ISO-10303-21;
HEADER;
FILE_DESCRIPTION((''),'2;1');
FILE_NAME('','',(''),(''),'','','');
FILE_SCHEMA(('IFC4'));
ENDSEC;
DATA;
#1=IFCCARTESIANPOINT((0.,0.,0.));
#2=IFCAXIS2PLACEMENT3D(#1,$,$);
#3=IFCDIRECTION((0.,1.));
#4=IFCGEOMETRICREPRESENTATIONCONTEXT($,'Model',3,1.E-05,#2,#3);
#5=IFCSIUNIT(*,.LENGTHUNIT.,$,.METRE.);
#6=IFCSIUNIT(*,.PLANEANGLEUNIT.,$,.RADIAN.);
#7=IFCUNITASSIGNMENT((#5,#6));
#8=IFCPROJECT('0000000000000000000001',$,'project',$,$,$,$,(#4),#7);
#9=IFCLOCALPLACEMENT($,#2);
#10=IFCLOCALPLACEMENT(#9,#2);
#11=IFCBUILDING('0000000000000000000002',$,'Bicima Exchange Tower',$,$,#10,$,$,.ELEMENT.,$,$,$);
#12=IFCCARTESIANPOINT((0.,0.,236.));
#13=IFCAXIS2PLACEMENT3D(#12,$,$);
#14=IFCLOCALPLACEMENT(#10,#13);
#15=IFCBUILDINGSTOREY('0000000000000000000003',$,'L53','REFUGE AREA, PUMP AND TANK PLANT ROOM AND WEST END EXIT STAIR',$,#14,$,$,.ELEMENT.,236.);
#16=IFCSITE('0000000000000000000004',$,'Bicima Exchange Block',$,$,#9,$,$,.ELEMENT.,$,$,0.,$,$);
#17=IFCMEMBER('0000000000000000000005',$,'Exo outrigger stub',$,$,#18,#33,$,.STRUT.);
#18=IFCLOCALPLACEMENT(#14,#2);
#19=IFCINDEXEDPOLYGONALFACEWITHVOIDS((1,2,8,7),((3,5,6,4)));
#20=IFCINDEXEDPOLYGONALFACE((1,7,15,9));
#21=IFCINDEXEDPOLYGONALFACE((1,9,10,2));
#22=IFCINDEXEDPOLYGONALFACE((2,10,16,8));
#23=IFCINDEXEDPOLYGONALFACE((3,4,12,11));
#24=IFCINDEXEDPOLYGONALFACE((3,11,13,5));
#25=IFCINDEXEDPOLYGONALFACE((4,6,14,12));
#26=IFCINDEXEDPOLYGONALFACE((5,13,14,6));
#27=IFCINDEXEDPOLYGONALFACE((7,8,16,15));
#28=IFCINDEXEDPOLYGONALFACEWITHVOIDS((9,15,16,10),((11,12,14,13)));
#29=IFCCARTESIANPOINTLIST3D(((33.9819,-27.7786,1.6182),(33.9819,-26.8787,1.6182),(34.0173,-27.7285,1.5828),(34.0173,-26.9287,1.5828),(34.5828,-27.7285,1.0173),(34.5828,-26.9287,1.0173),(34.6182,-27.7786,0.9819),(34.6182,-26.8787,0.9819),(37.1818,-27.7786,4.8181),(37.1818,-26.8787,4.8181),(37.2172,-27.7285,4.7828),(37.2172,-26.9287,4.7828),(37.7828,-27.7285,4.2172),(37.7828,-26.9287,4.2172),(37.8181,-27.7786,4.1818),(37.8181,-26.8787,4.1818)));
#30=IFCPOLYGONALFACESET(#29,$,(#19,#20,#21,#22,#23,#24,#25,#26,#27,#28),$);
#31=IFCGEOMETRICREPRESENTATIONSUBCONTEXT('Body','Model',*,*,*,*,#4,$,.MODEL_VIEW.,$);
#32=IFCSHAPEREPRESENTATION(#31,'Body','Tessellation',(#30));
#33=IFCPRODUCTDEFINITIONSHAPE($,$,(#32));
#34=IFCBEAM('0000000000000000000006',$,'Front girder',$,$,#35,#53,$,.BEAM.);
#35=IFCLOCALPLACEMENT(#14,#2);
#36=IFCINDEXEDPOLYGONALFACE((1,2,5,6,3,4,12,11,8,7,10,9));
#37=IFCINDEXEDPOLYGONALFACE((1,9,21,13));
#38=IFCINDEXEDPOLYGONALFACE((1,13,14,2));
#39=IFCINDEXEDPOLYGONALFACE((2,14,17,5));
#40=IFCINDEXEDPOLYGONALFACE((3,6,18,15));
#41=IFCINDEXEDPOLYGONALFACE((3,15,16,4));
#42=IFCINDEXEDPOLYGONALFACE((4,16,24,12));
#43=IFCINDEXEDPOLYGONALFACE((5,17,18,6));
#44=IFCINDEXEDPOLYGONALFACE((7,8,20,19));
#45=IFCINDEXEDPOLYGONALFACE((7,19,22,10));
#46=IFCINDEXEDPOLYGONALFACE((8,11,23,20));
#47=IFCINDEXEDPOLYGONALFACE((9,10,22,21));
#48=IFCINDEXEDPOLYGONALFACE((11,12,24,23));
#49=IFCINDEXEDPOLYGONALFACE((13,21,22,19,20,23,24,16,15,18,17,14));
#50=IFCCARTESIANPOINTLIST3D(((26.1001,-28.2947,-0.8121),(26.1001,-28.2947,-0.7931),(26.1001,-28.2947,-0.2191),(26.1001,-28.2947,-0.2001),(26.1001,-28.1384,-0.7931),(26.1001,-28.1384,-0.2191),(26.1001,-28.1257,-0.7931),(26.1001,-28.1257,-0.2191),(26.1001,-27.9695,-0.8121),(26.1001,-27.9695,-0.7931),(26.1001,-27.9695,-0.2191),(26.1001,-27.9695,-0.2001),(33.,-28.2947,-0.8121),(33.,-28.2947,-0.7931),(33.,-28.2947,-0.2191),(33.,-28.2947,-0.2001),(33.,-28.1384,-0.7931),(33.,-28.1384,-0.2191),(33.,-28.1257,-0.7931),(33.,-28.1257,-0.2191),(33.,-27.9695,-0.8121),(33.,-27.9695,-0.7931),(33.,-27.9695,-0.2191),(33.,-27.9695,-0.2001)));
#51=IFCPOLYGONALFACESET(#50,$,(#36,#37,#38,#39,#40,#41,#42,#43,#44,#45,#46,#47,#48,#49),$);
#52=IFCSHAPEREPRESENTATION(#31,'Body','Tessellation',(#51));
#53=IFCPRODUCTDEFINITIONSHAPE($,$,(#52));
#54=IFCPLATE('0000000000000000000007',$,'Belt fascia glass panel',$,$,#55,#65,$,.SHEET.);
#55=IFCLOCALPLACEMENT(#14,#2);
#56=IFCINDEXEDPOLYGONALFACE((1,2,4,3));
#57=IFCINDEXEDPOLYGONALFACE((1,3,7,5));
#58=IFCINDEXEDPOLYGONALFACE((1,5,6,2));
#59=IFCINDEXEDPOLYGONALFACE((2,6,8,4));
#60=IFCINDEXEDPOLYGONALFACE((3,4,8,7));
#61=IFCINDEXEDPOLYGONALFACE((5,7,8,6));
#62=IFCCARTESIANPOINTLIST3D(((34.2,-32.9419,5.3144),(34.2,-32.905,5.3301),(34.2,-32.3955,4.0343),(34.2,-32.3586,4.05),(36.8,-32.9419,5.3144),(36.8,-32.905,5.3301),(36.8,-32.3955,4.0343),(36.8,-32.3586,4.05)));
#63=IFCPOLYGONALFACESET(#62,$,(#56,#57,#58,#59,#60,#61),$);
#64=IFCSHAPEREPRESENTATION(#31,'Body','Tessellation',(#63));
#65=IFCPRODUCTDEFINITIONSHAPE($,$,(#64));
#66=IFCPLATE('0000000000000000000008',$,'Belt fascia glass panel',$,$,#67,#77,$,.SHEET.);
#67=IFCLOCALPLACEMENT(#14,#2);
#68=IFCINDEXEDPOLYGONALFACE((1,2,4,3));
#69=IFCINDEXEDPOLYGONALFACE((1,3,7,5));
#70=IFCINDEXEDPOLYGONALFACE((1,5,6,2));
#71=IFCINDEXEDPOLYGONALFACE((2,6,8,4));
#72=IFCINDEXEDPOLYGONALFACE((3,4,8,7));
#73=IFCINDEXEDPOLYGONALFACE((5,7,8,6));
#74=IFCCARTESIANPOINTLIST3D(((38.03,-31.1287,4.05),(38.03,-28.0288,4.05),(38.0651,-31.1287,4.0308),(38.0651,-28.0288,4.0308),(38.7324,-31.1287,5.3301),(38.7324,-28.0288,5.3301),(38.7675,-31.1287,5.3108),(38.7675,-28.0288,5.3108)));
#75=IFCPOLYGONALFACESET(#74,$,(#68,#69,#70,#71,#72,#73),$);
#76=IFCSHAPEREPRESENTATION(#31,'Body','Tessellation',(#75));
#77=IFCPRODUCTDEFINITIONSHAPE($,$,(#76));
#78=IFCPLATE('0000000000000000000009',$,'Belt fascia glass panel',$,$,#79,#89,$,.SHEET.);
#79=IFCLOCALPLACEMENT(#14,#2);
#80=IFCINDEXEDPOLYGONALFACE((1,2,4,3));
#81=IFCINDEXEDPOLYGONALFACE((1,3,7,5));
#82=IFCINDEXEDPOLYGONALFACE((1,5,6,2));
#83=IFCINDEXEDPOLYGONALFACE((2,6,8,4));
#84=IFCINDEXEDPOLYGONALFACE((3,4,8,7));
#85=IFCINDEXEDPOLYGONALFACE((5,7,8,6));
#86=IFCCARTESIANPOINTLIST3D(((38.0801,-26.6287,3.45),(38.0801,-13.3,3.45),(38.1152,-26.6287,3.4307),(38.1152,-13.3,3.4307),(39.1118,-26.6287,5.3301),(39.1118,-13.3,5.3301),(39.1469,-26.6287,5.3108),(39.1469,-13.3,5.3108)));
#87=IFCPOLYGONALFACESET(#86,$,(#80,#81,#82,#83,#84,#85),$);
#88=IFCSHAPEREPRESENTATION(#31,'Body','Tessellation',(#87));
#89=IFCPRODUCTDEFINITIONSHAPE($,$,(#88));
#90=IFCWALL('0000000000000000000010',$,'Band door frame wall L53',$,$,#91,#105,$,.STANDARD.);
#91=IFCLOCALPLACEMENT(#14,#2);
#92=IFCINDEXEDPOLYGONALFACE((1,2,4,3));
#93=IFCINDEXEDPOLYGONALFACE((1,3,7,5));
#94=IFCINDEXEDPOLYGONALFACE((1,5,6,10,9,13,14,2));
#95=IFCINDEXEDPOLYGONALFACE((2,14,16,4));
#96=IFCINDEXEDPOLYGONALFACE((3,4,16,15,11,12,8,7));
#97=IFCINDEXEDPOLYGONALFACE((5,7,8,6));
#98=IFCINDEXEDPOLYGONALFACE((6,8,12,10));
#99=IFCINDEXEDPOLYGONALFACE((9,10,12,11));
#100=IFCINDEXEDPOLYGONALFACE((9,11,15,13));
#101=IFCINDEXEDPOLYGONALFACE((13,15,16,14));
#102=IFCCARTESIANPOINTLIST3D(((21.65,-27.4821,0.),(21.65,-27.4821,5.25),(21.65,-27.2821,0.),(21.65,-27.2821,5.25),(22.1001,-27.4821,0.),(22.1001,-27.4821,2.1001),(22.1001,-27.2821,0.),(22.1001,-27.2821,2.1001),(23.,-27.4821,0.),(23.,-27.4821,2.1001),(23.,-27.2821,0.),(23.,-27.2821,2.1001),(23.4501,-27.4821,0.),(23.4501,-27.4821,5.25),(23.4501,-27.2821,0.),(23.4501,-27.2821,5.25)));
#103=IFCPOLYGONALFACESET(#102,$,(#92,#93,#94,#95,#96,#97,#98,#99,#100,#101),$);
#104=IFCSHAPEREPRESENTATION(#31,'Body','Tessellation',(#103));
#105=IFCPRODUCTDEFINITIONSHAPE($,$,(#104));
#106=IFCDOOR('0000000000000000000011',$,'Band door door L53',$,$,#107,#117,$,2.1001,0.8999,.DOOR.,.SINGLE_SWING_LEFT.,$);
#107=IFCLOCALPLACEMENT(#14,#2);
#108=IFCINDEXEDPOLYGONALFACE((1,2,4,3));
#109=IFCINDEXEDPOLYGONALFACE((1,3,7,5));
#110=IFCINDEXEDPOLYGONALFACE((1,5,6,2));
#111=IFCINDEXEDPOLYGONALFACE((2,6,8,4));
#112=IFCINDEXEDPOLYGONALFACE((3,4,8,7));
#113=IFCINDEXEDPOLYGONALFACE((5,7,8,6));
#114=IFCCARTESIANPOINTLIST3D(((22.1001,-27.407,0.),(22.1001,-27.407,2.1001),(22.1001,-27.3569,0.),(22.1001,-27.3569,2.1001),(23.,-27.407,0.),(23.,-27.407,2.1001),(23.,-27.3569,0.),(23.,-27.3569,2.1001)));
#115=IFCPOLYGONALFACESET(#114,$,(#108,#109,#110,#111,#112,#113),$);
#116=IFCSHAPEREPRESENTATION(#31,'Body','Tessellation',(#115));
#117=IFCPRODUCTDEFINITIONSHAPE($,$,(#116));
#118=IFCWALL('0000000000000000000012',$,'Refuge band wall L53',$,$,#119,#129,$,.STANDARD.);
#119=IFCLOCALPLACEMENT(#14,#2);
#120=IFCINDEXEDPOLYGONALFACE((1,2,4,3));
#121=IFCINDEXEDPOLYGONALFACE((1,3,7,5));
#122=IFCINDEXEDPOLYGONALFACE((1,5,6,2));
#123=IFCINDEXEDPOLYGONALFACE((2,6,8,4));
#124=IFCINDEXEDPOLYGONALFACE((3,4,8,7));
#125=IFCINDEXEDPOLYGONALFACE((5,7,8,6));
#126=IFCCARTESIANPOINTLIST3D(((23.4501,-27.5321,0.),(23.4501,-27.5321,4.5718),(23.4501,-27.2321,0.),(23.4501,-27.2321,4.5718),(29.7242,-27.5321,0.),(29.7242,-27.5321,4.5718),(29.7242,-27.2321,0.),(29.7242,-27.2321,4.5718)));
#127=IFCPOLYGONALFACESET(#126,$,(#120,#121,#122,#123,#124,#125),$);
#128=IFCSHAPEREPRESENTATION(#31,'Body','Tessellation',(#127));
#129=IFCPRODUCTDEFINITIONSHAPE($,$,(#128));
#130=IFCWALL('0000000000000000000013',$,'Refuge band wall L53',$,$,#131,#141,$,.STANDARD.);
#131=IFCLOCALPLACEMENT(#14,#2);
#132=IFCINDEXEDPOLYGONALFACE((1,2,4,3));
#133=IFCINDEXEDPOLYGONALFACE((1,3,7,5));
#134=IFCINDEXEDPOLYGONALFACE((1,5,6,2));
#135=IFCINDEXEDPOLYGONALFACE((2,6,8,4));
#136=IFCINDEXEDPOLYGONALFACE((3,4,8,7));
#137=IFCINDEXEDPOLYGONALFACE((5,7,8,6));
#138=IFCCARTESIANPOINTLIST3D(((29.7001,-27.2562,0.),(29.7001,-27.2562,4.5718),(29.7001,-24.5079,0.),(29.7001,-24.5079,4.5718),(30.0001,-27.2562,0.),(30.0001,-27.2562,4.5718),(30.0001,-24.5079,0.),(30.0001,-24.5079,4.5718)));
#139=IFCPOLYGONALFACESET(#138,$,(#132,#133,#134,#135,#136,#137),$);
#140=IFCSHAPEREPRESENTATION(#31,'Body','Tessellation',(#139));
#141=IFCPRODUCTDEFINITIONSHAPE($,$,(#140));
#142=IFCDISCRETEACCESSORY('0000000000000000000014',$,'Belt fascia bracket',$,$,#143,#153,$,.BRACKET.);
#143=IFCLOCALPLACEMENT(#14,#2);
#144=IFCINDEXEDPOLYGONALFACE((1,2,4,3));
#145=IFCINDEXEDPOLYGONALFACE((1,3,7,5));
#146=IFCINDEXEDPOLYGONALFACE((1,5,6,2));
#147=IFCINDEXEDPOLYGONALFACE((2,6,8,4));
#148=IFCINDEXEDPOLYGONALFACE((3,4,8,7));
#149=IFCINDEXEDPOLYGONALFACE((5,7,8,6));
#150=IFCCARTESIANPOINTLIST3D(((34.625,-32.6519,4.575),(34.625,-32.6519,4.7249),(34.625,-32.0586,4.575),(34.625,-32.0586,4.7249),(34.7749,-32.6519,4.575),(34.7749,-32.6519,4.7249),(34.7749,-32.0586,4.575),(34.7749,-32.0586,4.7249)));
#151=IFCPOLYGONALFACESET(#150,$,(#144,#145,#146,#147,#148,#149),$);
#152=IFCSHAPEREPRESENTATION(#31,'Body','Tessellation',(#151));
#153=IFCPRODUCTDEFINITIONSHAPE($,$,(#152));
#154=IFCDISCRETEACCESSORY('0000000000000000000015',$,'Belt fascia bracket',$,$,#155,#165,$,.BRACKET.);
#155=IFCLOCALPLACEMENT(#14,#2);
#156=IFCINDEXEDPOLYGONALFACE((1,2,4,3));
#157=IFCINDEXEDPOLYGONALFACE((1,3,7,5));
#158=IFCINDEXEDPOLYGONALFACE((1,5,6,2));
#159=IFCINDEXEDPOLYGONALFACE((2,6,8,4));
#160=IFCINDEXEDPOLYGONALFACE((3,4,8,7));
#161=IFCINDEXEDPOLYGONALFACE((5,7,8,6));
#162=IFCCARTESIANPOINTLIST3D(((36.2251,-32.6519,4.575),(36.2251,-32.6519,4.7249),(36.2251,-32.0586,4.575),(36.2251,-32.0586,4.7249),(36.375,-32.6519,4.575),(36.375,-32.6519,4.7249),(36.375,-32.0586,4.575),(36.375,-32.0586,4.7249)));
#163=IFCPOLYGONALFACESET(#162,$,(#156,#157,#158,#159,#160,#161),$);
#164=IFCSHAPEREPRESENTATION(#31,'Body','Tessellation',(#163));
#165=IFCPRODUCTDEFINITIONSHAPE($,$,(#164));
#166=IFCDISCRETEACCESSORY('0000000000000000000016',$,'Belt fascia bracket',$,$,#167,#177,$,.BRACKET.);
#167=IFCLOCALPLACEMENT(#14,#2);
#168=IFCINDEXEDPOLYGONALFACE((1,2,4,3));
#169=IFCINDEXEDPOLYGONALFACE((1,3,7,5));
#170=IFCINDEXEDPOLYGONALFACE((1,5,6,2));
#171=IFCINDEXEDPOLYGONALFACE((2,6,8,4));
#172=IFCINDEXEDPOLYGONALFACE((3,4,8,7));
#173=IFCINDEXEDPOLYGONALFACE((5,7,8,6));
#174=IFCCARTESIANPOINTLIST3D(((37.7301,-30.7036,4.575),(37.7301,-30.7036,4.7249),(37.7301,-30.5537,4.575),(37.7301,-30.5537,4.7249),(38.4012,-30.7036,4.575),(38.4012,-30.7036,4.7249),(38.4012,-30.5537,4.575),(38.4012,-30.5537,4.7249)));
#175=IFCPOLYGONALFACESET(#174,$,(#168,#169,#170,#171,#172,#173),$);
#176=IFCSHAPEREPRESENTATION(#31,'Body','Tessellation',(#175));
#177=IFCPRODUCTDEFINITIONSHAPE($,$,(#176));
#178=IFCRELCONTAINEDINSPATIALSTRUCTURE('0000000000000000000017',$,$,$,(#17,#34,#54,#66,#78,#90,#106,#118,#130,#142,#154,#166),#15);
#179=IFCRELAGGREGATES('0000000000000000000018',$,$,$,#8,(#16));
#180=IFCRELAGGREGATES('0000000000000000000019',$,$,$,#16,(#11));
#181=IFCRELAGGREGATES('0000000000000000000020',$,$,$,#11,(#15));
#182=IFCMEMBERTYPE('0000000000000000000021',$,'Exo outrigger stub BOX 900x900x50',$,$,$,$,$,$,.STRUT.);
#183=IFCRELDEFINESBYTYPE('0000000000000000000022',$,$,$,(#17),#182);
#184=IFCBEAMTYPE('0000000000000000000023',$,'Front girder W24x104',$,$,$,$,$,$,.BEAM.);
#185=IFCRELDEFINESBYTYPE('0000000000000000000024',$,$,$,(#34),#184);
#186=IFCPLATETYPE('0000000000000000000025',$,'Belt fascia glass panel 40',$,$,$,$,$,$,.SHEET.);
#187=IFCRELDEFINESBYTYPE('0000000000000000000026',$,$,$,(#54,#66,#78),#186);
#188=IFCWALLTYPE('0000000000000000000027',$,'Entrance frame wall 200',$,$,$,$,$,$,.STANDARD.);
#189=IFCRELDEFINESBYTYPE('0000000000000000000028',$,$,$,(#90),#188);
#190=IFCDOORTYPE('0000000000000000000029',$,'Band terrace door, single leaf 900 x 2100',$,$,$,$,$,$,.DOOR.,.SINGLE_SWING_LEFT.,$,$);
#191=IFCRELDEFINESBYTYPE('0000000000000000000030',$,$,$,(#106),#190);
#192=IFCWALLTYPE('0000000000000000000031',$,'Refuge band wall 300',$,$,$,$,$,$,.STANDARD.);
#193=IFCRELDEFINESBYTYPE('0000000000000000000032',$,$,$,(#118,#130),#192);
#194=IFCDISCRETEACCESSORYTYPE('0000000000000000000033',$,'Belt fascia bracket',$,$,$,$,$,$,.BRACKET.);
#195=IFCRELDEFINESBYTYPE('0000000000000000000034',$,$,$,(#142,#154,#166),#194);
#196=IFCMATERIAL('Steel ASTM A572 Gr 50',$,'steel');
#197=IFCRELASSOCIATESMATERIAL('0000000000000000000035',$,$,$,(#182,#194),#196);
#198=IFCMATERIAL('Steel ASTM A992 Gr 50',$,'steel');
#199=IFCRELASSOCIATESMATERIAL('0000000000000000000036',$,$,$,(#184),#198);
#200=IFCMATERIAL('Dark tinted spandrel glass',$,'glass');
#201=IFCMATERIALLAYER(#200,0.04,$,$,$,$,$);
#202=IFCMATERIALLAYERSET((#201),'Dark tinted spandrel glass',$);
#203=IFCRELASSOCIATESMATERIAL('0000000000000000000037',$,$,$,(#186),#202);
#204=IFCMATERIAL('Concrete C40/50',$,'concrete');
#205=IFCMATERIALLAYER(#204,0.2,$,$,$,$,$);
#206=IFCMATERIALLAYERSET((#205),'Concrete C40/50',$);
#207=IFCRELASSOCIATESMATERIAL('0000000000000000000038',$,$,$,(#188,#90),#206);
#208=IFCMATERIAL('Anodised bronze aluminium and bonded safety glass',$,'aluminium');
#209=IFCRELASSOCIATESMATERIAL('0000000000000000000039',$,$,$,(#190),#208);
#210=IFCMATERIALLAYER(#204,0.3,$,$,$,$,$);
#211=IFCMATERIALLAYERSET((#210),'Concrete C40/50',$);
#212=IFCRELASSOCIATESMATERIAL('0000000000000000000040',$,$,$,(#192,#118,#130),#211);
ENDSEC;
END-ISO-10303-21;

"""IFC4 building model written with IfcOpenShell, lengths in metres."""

from ifc_helpers import new_model, si_unit, direction, frame, frame_2d, origin, origin_2d, place, context, subcontext, project, spatial, polyline, rectangle, hollow_rectangle, i_section, outline, extrude, material, layer, layer_set, layer_usage, material_profile, profile_set, type_object, element, fill, save


model = new_model("IFC4")

# Units and contexts
model_context = context("Model", 3, precision=1e-05, world=origin(), true_north=direction((0.0, 1.0)))
body_context = subcontext(model_context, "Body", "Model", "MODEL_VIEW")
ifc_project = project(units=[si_unit("LENGTHUNIT", "METRE"), si_unit("PLANEANGLEUNIT", "RADIAN")], contexts=[model_context])

# Site, building, storey
site_placement = place(None, origin())
site = spatial("IfcSite", under=ifc_project, at=site_placement, Name="Bicima Exchange Block", CompositionType="ELEMENT", RefElevation=0.0)
building_placement = place(site_placement, origin())
building = spatial("IfcBuilding", under=site, at=building_placement, Name="Bicima Exchange Tower", CompositionType="ELEMENT")
storey_placement = place(building_placement, frame((0.0, 0.0, 236.0)))
storey = spatial("IfcBuildingStorey", under=building, at=storey_placement, Name="L53", Description="REFUGE AREA, PUMP AND TANK PLANT ROOM AND WEST END EXIT STAIR", CompositionType="ELEMENT", Elevation=236.0)

# Shared definitions
ifc_material_1 = material(Name="Steel ASTM A572 Gr 50", Category="steel")
ifc_material_2 = material(Name="Steel ASTM A992 Gr 50", Category="steel")

# Member
ifc_material_profile_1 = material_profile(ifc_material_1, hollow_rectangle(XDim=0.8999, YDim=0.8999, WallThickness=0.05, at=origin_2d()))
ifc_profile_set_1 = profile_set([ifc_material_profile_1], Name="Steel ASTM A572 Gr 50")
member_type_1 = type_object("IfcMemberType", Name="Exo outrigger stub BOX 900x900x50", PredefinedType="STRUT", material=ifc_profile_set_1)
member_1_placement = place(storey_placement, frame((34.3, -27.3286, 1.3), z_axis=(0.707107, 0.0, 0.707107), x_axis=(0.0, 1.0, 0.0)))
element("IfcMember", 1, at=member_1_placement, inside=storey, type_object=member_type_1, Name="Exo outrigger stub", PredefinedType="STRUT", context=body_context, shape_type="SweptSolid", body=[
    extrude(hollow_rectangle(XDim=0.8999, YDim=0.8999, WallThickness=0.05, at=origin_2d()), origin(), (0.0, 0.0, 1.0), 4.5254),
])

# Beam
ifc_material_profile_2 = material_profile(ifc_material_2, i_section(OverallWidth=0.3252, OverallDepth=0.6121, WebThickness=0.0127, FlangeThickness=0.019, at=origin_2d()))
ifc_profile_set_2 = profile_set([ifc_material_profile_2], Name="Steel ASTM A992 Gr 50")
beam_type_1 = type_object("IfcBeamType", Name="Front girder W24x104", PredefinedType="BEAM", material=ifc_profile_set_2)
beam_1_placement = place(storey_placement, frame((26.1001, -28.1321, -0.5061), z_axis=(1.0, 0.0, 0.0), x_axis=(0.0, 1.0, 0.0)))
element("IfcBeam", 2, at=beam_1_placement, inside=storey, type_object=beam_type_1, Name="Front girder", PredefinedType="BEAM", context=body_context, shape_type="SweptSolid", body=[
    extrude(i_section(OverallWidth=0.3252, OverallDepth=0.6121, WebThickness=0.0127, FlangeThickness=0.019, at=origin_2d()), origin(), (0.0, 0.0, 1.0), 6.8999),
])

# Plates
ifc_material_3 = material(Name="Dark tinted spandrel glass", Category="glass")
ifc_layer_1 = layer(ifc_material_3, 0.04)
ifc_layer_set_1 = layer_set([ifc_layer_1], Name="Dark tinted spandrel glass")
plate_type = type_object("IfcPlateType", Name="Belt fascia glass panel 40", PredefinedType="SHEET", material=ifc_layer_set_1)
plate_1_placement = place(storey_placement, frame((34.2, -32.3586, 4.05), z_axis=(0.0, 0.919716, 0.392585), x_axis=(1.0, 0.0, 0.0)))
element("IfcPlate", 3, at=plate_1_placement, inside=storey, type_object=plate_type, Name="Belt fascia glass panel", PredefinedType="SHEET", context=body_context, shape_type="SweptSolid", body=[
    extrude(outline(polyline([(0.0, 0.0), (2.6001, 0.0), (2.6001, -1.3918), (0.0, -1.3918), (0.0, 0.0)])), origin(), (0.0, 0.0, -1.0), 0.04),
])
plate_2_placement = place(storey_placement, frame((38.03, -31.1287, 4.05), z_axis=(-0.876685, 0.0, 0.481065), x_axis=(0.0, 1.0, 0.0)))
element("IfcPlate", 4, at=plate_2_placement, inside=storey, type_object=plate_type, Name="Belt fascia glass panel", PredefinedType="SHEET", context=body_context, shape_type="SweptSolid", body=[
    extrude(outline(polyline([(0.0, 0.0), (3.0999, 0.0), (3.0999, -1.4601), (0.0, -1.4601), (0.0, 0.0)])), origin(), (0.0, 0.0, -1.0), 0.04),
])
plate_3_placement = place(storey_placement, frame((38.0801, -26.6287, 3.45), z_axis=(-0.876675, 0.0, 0.481084), x_axis=(0.0, 1.0, 0.0)))
element("IfcPlate", 5, at=plate_3_placement, inside=storey, type_object=plate_type, Name="Belt fascia glass panel", PredefinedType="SHEET", context=body_context, shape_type="SweptSolid", body=[
    extrude(outline(polyline([(0.0, 0.0), (13.3286, 0.0), (13.3286, -2.1446), (0.0, -2.1446), (0.0, 0.0)])), origin(), (0.0, 0.0, -1.0), 0.04),
])

# Wall, opening, door
ifc_material_4 = material(Name="Concrete C40/50", Category="concrete")
ifc_layer_2 = layer(ifc_material_4, 0.2)
ifc_layer_set_2 = layer_set([ifc_layer_2], Name="Concrete C40/50")
ifc_layer_usage_1 = layer_usage(ifc_layer_set_2, "AXIS2", "POSITIVE", -0.1)
wall_type_1 = type_object("IfcWallType", Name="Entrance frame wall 200", PredefinedType="STANDARD", material=ifc_layer_set_2)
wall_1_placement = place(storey_placement, frame((23.45, -27.3821, 0.0), z_axis=(0.0, 0.0, 1.0), x_axis=(-1.0, 0.0, 0.0)))
wall_1 = element("IfcWall", 6, at=wall_1_placement, inside=storey, type_object=wall_type_1, material=ifc_layer_usage_1, Name="Band door frame wall L53", PredefinedType="STANDARD", context=body_context, shape_type="SweptSolid", body=[
    extrude(rectangle(XDim=1.8, YDim=0.2, at=frame_2d((0.8999, 0.0))), origin(), (0.0, 0.0, 1.0), 5.25),
])
opening_placement = place(wall_1_placement, frame((0.45, 0.0, 0.0)))
opening = element("IfcOpeningElement", 7, at=opening_placement, cuts=wall_1, PredefinedType="OPENING", context=body_context, shape_type="SweptSolid", body=[
    extrude(rectangle(XDim=0.8999, YDim=2.1001, at=frame_2d((0.45, 1.05))), frame((0.0, 0.1118, 0.0), z_axis=(0.0, -1.0, 0.0), x_axis=(1.0, 0.0, 0.0)), (0.0, 0.0, 1.0), 0.2239),
])
ifc_material_5 = material(Name="Anodised bronze aluminium and bonded safety glass", Category="aluminium")
door_type = type_object("IfcDoorType", Name="Band terrace door, single leaf 900 x 2100", OperationType="SINGLE_SWING_LEFT", PredefinedType="DOOR", material=ifc_material_5)
door_placement = place(opening_placement, origin())
door = element("IfcDoor", 8, at=door_placement, inside=storey, type_object=door_type, Name="Band door door L53", OperationType="SINGLE_SWING_LEFT", OverallHeight=2.1001, OverallWidth=0.8999, PredefinedType="DOOR", context=body_context, shape_type="SweptSolid", body=[
    extrude(rectangle(XDim=0.8999, YDim=2.1001, at=frame_2d((0.45, 1.05))), frame((0.0, 0.0249, 0.0), z_axis=(0.0, -1.0, 0.0), x_axis=(1.0, 0.0, 0.0)), (0.0, 0.0, 1.0), 0.05),
])
fill(opening, door)

# Walls
ifc_layer_3 = layer(ifc_material_4, 0.3)
ifc_layer_set_3 = layer_set([ifc_layer_3], Name="Concrete C40/50")
ifc_layer_usage_2 = layer_usage(ifc_layer_set_3, "AXIS2", "POSITIVE", -0.15)
wall_type_2 = type_object("IfcWallType", Name="Refuge band wall 300", PredefinedType="STANDARD", material=ifc_layer_set_3)
wall_2_placement = place(storey_placement, frame((23.45, -27.3821, 0.0), z_axis=(0.0, 0.0, 1.0), x_axis=(1.0, 0.0, 0.0)))
element("IfcWall", 9, at=wall_2_placement, inside=storey, type_object=wall_type_2, material=ifc_layer_usage_2, Name="Refuge band wall L53", PredefinedType="STANDARD", context=body_context, shape_type="SweptSolid", body=[
    extrude(rectangle(XDim=6.2742, YDim=0.3, at=frame_2d((3.1372, 0.0))), origin(), (0.0, 0.0, 1.0), 4.5718),
])
wall_3_placement = place(storey_placement, frame((29.8501, -27.2561, 0.0), z_axis=(0.0, 0.0, 1.0), x_axis=(0.0, 1.0, 0.0)))
element("IfcWall", 10, at=wall_3_placement, inside=storey, type_object=wall_type_2, material=ifc_layer_usage_2, Name="Refuge band wall L53", PredefinedType="STANDARD", context=body_context, shape_type="SweptSolid", body=[
    extrude(rectangle(XDim=2.7483, YDim=0.3, at=frame_2d((1.374, 0.0))), origin(), (0.0, 0.0, 1.0), 4.5718),
])

# Discrete accessories
discrete_accessory_type = type_object("IfcDiscreteAccessoryType", Name="Belt fascia bracket", PredefinedType="BRACKET", material=ifc_material_1)
for number, where, z_axis, x_axis, name in (
    (11, (34.7, -32.3552, 4.575), (0.0, 0.0, 1.0), (1.0, 0.0, 0.0), "Belt fascia bracket"),
    (12, (36.3, -32.3552, 4.575), (0.0, 0.0, 1.0), (1.0, 0.0, 0.0), "Belt fascia bracket"),
):
    element("IfcDiscreteAccessory", number, at=place(storey_placement, frame(where, z_axis=z_axis, x_axis=x_axis)), inside=storey, type_object=discrete_accessory_type, Name=name, PredefinedType="BRACKET", context=body_context, shape_type="SweptSolid", body=[
        extrude(rectangle(XDim=0.1499, YDim=0.5933, at=origin_2d()), origin(), (0.0, 0.0, 1.0), 0.1499),
    ])
for number, where, z_axis, x_axis, name in (
    (13, (38.0657, -30.6287, 4.575), (0.0, 0.0, 1.0), (0.0, 1.0, 0.0), "Belt fascia bracket"),
):
    element("IfcDiscreteAccessory", number, at=place(storey_placement, frame(where, z_axis=z_axis, x_axis=x_axis)), inside=storey, type_object=discrete_accessory_type, Name=name, PredefinedType="BRACKET", context=body_context, shape_type="SweptSolid", body=[
        extrude(rectangle(XDim=0.1499, YDim=0.6711, at=origin_2d()), origin(), (0.0, 0.0, 1.0), 0.1499),
    ])

save(model, "model.ifc")
